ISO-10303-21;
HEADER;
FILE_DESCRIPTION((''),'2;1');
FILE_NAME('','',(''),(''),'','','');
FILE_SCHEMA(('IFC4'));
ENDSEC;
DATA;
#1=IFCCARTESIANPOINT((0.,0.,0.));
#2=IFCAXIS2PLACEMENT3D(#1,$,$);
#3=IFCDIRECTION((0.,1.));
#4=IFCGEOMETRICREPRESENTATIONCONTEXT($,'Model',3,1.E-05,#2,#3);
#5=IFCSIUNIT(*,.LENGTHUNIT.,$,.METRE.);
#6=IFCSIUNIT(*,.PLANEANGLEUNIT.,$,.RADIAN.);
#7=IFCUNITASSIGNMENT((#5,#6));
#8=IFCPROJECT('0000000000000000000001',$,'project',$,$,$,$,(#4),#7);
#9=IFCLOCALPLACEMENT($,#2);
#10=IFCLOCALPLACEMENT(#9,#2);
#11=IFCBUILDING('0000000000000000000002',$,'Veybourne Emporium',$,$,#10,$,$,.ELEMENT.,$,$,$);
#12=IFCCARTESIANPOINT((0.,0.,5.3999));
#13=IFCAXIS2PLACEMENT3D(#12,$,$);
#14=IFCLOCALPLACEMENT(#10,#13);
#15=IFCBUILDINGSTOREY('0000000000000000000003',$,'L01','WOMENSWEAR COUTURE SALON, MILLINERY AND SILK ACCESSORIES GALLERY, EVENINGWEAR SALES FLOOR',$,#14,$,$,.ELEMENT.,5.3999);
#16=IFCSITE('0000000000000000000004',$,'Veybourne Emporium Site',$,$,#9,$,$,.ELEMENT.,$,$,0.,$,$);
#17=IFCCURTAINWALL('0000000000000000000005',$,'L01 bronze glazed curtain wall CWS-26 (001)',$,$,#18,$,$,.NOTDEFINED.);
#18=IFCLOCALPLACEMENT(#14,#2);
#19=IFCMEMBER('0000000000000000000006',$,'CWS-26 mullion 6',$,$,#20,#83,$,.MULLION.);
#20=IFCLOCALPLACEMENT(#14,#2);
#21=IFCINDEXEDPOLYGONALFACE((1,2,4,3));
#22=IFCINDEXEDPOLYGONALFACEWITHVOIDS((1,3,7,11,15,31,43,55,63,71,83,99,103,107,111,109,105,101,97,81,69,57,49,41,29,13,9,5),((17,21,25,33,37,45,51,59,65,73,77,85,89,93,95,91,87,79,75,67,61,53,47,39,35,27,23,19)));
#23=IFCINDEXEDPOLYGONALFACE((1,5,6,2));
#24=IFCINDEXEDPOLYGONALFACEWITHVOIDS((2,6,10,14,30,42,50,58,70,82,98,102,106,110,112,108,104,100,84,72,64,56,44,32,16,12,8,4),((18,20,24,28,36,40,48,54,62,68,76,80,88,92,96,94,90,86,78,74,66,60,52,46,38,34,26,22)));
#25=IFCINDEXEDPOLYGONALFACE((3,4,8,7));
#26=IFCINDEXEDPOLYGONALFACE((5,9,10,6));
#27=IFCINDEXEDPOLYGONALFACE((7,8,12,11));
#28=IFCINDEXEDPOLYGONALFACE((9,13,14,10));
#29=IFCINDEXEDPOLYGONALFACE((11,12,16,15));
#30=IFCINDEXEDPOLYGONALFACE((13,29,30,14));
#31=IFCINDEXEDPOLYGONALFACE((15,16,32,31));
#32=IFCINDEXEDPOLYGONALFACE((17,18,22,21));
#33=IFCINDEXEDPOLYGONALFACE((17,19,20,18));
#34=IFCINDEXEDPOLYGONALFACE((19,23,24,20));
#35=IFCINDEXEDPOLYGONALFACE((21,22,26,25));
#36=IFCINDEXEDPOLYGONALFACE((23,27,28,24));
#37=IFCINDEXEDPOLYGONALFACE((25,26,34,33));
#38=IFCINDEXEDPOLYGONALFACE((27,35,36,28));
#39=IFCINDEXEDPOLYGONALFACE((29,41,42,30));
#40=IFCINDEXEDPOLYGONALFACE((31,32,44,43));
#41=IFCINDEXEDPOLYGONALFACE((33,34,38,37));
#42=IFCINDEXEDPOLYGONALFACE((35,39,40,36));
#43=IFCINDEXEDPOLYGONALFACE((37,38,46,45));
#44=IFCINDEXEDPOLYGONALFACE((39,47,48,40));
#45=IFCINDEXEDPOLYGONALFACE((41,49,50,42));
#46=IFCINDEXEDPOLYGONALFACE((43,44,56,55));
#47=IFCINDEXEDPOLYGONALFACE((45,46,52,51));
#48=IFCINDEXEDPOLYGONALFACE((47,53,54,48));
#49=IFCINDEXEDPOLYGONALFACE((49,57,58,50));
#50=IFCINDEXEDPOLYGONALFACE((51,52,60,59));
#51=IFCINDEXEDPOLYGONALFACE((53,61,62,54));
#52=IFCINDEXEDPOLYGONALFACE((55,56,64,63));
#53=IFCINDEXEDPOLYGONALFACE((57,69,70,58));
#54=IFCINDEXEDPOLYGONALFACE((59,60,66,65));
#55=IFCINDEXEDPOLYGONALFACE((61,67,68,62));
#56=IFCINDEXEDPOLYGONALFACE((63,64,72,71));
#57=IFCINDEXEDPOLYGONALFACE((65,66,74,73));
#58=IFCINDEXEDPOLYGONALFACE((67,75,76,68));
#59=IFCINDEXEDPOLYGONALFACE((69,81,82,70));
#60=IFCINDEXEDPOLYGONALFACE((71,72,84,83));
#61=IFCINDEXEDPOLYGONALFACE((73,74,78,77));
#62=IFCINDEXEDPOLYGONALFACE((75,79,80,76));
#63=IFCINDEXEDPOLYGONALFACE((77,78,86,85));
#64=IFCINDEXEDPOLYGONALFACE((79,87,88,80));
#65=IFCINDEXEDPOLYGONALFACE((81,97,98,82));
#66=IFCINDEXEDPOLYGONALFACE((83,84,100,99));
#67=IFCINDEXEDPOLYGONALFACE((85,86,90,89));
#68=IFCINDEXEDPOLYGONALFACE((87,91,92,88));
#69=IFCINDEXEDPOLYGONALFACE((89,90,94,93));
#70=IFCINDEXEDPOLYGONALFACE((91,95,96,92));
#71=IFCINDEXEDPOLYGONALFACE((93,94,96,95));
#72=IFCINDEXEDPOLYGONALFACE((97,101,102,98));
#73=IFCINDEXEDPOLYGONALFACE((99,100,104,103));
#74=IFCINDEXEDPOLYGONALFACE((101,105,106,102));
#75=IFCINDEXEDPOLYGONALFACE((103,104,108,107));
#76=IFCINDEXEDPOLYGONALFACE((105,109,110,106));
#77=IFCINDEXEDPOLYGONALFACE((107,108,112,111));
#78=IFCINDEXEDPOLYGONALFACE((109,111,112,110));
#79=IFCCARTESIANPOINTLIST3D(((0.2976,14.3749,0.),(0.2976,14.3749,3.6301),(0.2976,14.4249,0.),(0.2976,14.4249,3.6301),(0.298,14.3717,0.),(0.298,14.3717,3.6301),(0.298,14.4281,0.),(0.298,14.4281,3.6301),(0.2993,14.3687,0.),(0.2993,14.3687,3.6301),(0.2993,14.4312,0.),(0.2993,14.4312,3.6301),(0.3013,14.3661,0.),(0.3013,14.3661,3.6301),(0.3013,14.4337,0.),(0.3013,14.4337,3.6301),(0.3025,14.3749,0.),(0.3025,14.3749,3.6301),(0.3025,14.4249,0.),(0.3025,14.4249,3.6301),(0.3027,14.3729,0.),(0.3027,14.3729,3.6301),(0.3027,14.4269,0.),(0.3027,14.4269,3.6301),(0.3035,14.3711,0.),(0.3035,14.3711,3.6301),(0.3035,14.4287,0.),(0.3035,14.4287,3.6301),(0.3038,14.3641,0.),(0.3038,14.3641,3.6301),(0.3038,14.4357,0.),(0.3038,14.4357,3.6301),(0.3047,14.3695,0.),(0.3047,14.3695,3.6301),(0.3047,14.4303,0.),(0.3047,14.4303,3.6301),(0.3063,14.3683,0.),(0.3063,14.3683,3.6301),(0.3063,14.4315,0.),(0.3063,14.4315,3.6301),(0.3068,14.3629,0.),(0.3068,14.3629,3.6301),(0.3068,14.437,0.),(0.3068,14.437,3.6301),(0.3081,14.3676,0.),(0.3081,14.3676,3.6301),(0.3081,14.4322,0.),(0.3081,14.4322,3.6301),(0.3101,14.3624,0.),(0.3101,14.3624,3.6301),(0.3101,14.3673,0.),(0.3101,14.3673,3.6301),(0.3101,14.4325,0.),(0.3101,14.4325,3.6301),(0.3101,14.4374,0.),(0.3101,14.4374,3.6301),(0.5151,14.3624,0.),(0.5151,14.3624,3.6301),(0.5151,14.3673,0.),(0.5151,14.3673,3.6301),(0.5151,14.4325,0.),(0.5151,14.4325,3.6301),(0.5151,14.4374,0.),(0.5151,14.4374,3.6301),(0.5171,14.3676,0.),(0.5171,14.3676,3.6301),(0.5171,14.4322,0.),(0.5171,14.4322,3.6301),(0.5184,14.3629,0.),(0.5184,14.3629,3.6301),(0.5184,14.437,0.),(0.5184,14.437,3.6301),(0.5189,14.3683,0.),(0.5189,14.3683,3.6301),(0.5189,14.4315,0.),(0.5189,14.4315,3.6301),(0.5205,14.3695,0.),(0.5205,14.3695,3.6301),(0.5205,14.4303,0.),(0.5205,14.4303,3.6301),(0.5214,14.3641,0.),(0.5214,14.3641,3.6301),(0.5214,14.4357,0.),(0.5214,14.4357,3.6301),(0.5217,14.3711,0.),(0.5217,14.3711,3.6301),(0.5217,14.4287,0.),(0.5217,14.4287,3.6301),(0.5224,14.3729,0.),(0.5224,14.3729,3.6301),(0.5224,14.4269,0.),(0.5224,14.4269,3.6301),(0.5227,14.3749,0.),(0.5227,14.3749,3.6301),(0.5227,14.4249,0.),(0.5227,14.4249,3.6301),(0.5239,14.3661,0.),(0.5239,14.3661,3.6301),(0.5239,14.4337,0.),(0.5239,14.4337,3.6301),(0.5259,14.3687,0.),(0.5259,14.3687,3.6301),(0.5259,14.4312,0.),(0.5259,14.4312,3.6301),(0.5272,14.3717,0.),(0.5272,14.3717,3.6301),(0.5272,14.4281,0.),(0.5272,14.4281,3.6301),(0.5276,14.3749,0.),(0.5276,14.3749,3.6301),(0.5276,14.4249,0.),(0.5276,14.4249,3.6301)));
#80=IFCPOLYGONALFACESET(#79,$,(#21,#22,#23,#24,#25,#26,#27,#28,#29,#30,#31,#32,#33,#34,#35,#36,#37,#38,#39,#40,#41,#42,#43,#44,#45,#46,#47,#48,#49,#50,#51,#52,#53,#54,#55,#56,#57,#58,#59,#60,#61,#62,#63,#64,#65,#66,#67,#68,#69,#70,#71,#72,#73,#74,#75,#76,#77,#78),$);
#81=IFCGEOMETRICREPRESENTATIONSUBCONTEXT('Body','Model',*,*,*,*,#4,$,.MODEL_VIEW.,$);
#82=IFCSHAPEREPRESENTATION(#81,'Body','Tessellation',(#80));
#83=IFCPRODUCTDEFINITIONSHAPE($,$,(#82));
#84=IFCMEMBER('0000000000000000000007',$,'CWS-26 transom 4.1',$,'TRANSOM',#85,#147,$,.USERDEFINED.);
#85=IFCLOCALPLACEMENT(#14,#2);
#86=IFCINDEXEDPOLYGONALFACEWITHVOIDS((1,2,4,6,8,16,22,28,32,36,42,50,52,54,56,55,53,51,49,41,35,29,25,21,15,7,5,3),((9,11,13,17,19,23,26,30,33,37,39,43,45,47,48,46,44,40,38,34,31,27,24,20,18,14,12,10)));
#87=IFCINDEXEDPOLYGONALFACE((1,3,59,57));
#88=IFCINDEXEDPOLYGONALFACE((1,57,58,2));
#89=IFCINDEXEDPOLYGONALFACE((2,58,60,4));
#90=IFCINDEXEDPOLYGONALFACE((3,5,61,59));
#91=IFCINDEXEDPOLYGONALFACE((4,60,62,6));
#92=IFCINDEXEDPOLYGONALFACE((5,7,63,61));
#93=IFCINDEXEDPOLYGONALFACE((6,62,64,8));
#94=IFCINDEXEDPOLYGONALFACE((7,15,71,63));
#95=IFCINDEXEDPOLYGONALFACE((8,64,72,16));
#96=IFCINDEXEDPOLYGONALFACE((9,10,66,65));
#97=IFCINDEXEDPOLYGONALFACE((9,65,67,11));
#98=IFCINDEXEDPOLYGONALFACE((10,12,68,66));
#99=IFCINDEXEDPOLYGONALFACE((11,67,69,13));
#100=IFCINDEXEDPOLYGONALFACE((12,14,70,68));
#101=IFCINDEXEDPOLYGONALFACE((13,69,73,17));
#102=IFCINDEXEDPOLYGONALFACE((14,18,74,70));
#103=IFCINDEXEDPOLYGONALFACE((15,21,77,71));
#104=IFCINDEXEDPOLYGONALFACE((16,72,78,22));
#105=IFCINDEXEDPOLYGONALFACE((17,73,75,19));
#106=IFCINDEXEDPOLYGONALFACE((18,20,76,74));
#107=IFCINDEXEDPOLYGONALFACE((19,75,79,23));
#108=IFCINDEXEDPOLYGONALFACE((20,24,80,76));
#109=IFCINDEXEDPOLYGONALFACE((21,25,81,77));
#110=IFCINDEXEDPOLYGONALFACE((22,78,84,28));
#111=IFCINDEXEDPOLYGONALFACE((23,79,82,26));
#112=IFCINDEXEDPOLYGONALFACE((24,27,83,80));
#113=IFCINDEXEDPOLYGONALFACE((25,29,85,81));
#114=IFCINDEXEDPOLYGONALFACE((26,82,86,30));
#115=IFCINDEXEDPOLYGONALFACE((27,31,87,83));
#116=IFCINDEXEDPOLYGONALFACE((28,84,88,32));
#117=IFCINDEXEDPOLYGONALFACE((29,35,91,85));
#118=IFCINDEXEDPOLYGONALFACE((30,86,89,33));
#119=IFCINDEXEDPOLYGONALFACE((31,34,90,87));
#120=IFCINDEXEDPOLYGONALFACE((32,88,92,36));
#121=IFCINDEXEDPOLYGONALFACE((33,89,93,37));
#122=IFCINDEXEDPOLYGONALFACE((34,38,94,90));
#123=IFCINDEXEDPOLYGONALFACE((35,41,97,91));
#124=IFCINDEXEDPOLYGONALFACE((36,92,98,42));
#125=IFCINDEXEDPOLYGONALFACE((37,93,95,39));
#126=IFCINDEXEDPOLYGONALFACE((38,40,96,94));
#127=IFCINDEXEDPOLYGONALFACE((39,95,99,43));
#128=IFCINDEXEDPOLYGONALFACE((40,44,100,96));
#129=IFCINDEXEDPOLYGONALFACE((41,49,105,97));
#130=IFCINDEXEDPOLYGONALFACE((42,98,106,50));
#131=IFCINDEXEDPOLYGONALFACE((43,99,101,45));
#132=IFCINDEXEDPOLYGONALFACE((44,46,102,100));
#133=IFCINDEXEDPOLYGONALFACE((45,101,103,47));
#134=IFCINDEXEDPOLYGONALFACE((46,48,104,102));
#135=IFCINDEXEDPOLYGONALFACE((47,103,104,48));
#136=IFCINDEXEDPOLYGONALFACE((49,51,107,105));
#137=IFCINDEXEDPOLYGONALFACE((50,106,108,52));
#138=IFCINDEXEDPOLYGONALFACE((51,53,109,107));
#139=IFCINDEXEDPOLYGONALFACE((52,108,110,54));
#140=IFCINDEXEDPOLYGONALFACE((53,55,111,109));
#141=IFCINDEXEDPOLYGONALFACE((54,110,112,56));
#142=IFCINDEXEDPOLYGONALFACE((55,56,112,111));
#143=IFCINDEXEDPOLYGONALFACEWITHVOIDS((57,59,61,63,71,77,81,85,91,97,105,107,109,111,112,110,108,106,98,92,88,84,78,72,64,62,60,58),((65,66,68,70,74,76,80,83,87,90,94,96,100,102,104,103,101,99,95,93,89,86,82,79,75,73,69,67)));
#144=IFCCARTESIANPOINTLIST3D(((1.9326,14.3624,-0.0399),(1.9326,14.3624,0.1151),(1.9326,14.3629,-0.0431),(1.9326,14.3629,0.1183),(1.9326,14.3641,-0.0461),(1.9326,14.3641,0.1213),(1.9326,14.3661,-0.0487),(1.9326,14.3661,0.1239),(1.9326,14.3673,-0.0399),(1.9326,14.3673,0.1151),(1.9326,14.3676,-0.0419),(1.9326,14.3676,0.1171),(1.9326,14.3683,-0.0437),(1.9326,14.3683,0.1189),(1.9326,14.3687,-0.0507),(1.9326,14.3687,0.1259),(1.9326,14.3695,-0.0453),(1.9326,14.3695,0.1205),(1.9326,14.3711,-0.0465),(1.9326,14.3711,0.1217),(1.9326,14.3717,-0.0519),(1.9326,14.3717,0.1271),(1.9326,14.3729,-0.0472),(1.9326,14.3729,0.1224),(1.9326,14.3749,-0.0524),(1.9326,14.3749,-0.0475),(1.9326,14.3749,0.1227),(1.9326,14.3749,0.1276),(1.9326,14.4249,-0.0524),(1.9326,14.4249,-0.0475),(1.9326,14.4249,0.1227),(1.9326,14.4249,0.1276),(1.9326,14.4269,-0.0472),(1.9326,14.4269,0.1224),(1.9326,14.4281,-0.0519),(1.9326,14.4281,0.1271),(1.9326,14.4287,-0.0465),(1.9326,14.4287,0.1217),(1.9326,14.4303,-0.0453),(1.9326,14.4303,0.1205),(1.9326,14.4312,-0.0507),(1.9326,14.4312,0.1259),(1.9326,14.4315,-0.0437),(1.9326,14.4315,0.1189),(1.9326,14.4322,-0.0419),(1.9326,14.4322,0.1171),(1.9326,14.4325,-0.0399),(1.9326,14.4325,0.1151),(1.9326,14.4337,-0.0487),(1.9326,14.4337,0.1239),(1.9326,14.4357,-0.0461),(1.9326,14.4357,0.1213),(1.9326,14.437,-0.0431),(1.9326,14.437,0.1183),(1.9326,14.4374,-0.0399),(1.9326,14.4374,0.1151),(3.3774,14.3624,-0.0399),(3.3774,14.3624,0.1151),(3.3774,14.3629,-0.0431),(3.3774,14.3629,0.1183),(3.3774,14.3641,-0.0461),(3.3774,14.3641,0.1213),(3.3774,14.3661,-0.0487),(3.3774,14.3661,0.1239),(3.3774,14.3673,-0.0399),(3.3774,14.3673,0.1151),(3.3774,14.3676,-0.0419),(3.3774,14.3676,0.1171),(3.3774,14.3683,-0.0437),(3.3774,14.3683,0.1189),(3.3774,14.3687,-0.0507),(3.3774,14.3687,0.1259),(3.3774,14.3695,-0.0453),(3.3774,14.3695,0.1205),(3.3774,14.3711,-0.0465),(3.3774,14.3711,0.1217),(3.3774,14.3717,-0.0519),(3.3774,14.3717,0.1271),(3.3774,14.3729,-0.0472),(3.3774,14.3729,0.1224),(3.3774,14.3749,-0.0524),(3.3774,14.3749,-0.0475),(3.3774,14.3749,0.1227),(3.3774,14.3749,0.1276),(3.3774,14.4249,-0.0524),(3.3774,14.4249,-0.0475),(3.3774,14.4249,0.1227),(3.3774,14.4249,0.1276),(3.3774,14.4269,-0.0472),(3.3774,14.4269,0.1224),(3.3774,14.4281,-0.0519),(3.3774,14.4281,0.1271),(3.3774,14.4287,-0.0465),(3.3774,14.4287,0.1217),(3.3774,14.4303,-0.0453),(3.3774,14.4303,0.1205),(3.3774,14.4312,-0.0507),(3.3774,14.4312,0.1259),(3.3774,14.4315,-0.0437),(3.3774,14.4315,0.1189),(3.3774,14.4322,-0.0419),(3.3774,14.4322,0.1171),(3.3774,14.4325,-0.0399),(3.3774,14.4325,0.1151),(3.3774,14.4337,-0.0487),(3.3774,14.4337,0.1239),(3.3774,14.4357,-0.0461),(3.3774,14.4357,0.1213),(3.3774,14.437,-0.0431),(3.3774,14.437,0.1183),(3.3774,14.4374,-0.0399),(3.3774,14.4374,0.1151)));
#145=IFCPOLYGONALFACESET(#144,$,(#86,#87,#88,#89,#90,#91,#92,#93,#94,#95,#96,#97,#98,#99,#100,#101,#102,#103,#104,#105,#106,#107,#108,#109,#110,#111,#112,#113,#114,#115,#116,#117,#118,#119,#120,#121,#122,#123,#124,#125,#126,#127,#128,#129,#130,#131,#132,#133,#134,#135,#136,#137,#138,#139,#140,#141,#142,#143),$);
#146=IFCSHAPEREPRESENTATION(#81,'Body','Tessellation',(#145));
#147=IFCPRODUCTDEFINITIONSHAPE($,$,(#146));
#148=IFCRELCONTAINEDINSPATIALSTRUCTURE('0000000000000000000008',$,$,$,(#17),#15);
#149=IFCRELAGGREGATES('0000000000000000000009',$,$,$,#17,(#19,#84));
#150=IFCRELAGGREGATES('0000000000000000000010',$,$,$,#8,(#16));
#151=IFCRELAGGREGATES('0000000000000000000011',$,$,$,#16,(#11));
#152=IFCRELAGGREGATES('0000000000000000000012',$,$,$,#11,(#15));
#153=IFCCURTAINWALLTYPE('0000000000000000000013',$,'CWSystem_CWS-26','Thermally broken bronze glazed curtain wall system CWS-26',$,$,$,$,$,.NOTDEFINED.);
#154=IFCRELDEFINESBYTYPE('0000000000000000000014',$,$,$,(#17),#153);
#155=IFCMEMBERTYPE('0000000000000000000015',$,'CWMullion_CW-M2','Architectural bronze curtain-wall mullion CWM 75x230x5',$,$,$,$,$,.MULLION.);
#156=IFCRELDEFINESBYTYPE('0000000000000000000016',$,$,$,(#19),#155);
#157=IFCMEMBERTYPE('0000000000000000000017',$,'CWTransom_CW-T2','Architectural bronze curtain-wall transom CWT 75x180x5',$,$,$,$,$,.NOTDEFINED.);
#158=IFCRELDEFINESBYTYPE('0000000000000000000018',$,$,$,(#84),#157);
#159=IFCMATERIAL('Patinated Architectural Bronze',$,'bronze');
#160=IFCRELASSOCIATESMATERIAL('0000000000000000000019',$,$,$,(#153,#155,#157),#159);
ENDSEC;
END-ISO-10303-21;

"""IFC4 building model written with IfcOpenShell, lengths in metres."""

from ifc_helpers import new_model, si_unit, direction, frame, origin, origin_2d, place, context, subcontext, project, spatial, hollow_rectangle, extrude, material, material_profile, profile_set, type_object, element, aggregate, save


model = new_model("IFC4")

# Units and contexts
model_context = context("Model", 3, precision=1e-05, world=origin(), true_north=direction((0.0, 1.0)))
body_context = subcontext(model_context, "Body", "Model", "MODEL_VIEW")
ifc_project = project(units=[si_unit("LENGTHUNIT", "METRE"), si_unit("PLANEANGLEUNIT", "RADIAN")], contexts=[model_context])

# Site, building, storey
site_placement = place(None, origin())
site = spatial("IfcSite", under=ifc_project, at=site_placement, Name="Veybourne Emporium Site", CompositionType="ELEMENT", RefElevation=0.0)
building_placement = place(site_placement, origin())
building = spatial("IfcBuilding", under=site, at=building_placement, Name="Veybourne Emporium", CompositionType="ELEMENT")
storey_placement = place(building_placement, frame((0.0, 0.0, 5.3999)))
storey = spatial("IfcBuildingStorey", under=building, at=storey_placement, Name="L01", Description="WOMENSWEAR COUTURE SALON, MILLINERY AND SILK ACCESSORIES GALLERY, EVENINGWEAR SALES FLOOR", CompositionType="ELEMENT", Elevation=5.3999)

# Curtain wall, members
ifc_material_1 = material(Name="Patinated Architectural Bronze", Category="bronze")
curtain_wall_type = type_object("IfcCurtainWallType", Name="CWSystem_CWS-26", Description="Thermally broken bronze glazed curtain wall system CWS-26", PredefinedType="NOTDEFINED", material=ifc_material_1)
curtain_wall_placement = place(storey_placement, origin())
curtain_wall = element("IfcCurtainWall", 1, at=curtain_wall_placement, inside=storey, type_object=curtain_wall_type, Name="L01 bronze glazed curtain wall CWS-26 (001)", PredefinedType="NOTDEFINED")
ifc_material_profile_1 = material_profile(ifc_material_1, hollow_rectangle(XDim=0.075, YDim=0.23, WallThickness=0.0049, InnerFilletRadius=0.0076, OuterFilletRadius=0.0125, at=origin_2d()), Name="CWM 75x230x5")
ifc_profile_set_1 = profile_set([ifc_material_profile_1], Name="Patinated Architectural Bronze")
member_type_1 = type_object("IfcMemberType", Name="CWMullion_CW-M2", Description="Architectural bronze curtain-wall mullion CWM 75x230x5", PredefinedType="MULLION", material=ifc_profile_set_1)
member_1_placement = place(storey_placement, frame((0.4126, 14.3999, 0.0), z_axis=(0.0, 0.0, 1.0), x_axis=(0.0, -1.0, 0.0)))
member_1 = element("IfcMember", 2, at=member_1_placement, type_object=member_type_1, Name="CWS-26 mullion 6", PredefinedType="MULLION", context=body_context, shape_type="SweptSolid", body=[
    extrude(hollow_rectangle(XDim=0.075, YDim=0.23, WallThickness=0.0049, InnerFilletRadius=0.0076, OuterFilletRadius=0.0125, at=origin_2d()), origin(), (0.0, 0.0, 1.0), 3.6301),
])
ifc_material_profile_2 = material_profile(ifc_material_1, hollow_rectangle(XDim=0.075, YDim=0.1799, WallThickness=0.0049, InnerFilletRadius=0.0076, OuterFilletRadius=0.0125, at=origin_2d()), Name="CWT 75x180x5")
ifc_profile_set_2 = profile_set([ifc_material_profile_2], Name="Patinated Architectural Bronze")
member_type_2 = type_object("IfcMemberType", Name="CWTransom_CW-T2", Description="Architectural bronze curtain-wall transom CWT 75x180x5", PredefinedType="NOTDEFINED", material=ifc_profile_set_2)
member_2_placement = place(storey_placement, frame((3.3774, 14.3999, 0.0376), z_axis=(-1.0, 0.0, 0.0), x_axis=(0.0, -1.0, 0.0)))
member_2 = element("IfcMember", 3, at=member_2_placement, type_object=member_type_2, Name="CWS-26 transom 4.1", ObjectType="TRANSOM", PredefinedType="USERDEFINED", context=body_context, shape_type="SweptSolid", body=[
    extrude(hollow_rectangle(XDim=0.075, YDim=0.1799, WallThickness=0.0049, InnerFilletRadius=0.0076, OuterFilletRadius=0.0125, at=origin_2d()), origin(), (0.0, 0.0, 1.0), 1.4448),
])

aggregate(curtain_wall, [member_1, member_2])

save(model, "model.ifc")
